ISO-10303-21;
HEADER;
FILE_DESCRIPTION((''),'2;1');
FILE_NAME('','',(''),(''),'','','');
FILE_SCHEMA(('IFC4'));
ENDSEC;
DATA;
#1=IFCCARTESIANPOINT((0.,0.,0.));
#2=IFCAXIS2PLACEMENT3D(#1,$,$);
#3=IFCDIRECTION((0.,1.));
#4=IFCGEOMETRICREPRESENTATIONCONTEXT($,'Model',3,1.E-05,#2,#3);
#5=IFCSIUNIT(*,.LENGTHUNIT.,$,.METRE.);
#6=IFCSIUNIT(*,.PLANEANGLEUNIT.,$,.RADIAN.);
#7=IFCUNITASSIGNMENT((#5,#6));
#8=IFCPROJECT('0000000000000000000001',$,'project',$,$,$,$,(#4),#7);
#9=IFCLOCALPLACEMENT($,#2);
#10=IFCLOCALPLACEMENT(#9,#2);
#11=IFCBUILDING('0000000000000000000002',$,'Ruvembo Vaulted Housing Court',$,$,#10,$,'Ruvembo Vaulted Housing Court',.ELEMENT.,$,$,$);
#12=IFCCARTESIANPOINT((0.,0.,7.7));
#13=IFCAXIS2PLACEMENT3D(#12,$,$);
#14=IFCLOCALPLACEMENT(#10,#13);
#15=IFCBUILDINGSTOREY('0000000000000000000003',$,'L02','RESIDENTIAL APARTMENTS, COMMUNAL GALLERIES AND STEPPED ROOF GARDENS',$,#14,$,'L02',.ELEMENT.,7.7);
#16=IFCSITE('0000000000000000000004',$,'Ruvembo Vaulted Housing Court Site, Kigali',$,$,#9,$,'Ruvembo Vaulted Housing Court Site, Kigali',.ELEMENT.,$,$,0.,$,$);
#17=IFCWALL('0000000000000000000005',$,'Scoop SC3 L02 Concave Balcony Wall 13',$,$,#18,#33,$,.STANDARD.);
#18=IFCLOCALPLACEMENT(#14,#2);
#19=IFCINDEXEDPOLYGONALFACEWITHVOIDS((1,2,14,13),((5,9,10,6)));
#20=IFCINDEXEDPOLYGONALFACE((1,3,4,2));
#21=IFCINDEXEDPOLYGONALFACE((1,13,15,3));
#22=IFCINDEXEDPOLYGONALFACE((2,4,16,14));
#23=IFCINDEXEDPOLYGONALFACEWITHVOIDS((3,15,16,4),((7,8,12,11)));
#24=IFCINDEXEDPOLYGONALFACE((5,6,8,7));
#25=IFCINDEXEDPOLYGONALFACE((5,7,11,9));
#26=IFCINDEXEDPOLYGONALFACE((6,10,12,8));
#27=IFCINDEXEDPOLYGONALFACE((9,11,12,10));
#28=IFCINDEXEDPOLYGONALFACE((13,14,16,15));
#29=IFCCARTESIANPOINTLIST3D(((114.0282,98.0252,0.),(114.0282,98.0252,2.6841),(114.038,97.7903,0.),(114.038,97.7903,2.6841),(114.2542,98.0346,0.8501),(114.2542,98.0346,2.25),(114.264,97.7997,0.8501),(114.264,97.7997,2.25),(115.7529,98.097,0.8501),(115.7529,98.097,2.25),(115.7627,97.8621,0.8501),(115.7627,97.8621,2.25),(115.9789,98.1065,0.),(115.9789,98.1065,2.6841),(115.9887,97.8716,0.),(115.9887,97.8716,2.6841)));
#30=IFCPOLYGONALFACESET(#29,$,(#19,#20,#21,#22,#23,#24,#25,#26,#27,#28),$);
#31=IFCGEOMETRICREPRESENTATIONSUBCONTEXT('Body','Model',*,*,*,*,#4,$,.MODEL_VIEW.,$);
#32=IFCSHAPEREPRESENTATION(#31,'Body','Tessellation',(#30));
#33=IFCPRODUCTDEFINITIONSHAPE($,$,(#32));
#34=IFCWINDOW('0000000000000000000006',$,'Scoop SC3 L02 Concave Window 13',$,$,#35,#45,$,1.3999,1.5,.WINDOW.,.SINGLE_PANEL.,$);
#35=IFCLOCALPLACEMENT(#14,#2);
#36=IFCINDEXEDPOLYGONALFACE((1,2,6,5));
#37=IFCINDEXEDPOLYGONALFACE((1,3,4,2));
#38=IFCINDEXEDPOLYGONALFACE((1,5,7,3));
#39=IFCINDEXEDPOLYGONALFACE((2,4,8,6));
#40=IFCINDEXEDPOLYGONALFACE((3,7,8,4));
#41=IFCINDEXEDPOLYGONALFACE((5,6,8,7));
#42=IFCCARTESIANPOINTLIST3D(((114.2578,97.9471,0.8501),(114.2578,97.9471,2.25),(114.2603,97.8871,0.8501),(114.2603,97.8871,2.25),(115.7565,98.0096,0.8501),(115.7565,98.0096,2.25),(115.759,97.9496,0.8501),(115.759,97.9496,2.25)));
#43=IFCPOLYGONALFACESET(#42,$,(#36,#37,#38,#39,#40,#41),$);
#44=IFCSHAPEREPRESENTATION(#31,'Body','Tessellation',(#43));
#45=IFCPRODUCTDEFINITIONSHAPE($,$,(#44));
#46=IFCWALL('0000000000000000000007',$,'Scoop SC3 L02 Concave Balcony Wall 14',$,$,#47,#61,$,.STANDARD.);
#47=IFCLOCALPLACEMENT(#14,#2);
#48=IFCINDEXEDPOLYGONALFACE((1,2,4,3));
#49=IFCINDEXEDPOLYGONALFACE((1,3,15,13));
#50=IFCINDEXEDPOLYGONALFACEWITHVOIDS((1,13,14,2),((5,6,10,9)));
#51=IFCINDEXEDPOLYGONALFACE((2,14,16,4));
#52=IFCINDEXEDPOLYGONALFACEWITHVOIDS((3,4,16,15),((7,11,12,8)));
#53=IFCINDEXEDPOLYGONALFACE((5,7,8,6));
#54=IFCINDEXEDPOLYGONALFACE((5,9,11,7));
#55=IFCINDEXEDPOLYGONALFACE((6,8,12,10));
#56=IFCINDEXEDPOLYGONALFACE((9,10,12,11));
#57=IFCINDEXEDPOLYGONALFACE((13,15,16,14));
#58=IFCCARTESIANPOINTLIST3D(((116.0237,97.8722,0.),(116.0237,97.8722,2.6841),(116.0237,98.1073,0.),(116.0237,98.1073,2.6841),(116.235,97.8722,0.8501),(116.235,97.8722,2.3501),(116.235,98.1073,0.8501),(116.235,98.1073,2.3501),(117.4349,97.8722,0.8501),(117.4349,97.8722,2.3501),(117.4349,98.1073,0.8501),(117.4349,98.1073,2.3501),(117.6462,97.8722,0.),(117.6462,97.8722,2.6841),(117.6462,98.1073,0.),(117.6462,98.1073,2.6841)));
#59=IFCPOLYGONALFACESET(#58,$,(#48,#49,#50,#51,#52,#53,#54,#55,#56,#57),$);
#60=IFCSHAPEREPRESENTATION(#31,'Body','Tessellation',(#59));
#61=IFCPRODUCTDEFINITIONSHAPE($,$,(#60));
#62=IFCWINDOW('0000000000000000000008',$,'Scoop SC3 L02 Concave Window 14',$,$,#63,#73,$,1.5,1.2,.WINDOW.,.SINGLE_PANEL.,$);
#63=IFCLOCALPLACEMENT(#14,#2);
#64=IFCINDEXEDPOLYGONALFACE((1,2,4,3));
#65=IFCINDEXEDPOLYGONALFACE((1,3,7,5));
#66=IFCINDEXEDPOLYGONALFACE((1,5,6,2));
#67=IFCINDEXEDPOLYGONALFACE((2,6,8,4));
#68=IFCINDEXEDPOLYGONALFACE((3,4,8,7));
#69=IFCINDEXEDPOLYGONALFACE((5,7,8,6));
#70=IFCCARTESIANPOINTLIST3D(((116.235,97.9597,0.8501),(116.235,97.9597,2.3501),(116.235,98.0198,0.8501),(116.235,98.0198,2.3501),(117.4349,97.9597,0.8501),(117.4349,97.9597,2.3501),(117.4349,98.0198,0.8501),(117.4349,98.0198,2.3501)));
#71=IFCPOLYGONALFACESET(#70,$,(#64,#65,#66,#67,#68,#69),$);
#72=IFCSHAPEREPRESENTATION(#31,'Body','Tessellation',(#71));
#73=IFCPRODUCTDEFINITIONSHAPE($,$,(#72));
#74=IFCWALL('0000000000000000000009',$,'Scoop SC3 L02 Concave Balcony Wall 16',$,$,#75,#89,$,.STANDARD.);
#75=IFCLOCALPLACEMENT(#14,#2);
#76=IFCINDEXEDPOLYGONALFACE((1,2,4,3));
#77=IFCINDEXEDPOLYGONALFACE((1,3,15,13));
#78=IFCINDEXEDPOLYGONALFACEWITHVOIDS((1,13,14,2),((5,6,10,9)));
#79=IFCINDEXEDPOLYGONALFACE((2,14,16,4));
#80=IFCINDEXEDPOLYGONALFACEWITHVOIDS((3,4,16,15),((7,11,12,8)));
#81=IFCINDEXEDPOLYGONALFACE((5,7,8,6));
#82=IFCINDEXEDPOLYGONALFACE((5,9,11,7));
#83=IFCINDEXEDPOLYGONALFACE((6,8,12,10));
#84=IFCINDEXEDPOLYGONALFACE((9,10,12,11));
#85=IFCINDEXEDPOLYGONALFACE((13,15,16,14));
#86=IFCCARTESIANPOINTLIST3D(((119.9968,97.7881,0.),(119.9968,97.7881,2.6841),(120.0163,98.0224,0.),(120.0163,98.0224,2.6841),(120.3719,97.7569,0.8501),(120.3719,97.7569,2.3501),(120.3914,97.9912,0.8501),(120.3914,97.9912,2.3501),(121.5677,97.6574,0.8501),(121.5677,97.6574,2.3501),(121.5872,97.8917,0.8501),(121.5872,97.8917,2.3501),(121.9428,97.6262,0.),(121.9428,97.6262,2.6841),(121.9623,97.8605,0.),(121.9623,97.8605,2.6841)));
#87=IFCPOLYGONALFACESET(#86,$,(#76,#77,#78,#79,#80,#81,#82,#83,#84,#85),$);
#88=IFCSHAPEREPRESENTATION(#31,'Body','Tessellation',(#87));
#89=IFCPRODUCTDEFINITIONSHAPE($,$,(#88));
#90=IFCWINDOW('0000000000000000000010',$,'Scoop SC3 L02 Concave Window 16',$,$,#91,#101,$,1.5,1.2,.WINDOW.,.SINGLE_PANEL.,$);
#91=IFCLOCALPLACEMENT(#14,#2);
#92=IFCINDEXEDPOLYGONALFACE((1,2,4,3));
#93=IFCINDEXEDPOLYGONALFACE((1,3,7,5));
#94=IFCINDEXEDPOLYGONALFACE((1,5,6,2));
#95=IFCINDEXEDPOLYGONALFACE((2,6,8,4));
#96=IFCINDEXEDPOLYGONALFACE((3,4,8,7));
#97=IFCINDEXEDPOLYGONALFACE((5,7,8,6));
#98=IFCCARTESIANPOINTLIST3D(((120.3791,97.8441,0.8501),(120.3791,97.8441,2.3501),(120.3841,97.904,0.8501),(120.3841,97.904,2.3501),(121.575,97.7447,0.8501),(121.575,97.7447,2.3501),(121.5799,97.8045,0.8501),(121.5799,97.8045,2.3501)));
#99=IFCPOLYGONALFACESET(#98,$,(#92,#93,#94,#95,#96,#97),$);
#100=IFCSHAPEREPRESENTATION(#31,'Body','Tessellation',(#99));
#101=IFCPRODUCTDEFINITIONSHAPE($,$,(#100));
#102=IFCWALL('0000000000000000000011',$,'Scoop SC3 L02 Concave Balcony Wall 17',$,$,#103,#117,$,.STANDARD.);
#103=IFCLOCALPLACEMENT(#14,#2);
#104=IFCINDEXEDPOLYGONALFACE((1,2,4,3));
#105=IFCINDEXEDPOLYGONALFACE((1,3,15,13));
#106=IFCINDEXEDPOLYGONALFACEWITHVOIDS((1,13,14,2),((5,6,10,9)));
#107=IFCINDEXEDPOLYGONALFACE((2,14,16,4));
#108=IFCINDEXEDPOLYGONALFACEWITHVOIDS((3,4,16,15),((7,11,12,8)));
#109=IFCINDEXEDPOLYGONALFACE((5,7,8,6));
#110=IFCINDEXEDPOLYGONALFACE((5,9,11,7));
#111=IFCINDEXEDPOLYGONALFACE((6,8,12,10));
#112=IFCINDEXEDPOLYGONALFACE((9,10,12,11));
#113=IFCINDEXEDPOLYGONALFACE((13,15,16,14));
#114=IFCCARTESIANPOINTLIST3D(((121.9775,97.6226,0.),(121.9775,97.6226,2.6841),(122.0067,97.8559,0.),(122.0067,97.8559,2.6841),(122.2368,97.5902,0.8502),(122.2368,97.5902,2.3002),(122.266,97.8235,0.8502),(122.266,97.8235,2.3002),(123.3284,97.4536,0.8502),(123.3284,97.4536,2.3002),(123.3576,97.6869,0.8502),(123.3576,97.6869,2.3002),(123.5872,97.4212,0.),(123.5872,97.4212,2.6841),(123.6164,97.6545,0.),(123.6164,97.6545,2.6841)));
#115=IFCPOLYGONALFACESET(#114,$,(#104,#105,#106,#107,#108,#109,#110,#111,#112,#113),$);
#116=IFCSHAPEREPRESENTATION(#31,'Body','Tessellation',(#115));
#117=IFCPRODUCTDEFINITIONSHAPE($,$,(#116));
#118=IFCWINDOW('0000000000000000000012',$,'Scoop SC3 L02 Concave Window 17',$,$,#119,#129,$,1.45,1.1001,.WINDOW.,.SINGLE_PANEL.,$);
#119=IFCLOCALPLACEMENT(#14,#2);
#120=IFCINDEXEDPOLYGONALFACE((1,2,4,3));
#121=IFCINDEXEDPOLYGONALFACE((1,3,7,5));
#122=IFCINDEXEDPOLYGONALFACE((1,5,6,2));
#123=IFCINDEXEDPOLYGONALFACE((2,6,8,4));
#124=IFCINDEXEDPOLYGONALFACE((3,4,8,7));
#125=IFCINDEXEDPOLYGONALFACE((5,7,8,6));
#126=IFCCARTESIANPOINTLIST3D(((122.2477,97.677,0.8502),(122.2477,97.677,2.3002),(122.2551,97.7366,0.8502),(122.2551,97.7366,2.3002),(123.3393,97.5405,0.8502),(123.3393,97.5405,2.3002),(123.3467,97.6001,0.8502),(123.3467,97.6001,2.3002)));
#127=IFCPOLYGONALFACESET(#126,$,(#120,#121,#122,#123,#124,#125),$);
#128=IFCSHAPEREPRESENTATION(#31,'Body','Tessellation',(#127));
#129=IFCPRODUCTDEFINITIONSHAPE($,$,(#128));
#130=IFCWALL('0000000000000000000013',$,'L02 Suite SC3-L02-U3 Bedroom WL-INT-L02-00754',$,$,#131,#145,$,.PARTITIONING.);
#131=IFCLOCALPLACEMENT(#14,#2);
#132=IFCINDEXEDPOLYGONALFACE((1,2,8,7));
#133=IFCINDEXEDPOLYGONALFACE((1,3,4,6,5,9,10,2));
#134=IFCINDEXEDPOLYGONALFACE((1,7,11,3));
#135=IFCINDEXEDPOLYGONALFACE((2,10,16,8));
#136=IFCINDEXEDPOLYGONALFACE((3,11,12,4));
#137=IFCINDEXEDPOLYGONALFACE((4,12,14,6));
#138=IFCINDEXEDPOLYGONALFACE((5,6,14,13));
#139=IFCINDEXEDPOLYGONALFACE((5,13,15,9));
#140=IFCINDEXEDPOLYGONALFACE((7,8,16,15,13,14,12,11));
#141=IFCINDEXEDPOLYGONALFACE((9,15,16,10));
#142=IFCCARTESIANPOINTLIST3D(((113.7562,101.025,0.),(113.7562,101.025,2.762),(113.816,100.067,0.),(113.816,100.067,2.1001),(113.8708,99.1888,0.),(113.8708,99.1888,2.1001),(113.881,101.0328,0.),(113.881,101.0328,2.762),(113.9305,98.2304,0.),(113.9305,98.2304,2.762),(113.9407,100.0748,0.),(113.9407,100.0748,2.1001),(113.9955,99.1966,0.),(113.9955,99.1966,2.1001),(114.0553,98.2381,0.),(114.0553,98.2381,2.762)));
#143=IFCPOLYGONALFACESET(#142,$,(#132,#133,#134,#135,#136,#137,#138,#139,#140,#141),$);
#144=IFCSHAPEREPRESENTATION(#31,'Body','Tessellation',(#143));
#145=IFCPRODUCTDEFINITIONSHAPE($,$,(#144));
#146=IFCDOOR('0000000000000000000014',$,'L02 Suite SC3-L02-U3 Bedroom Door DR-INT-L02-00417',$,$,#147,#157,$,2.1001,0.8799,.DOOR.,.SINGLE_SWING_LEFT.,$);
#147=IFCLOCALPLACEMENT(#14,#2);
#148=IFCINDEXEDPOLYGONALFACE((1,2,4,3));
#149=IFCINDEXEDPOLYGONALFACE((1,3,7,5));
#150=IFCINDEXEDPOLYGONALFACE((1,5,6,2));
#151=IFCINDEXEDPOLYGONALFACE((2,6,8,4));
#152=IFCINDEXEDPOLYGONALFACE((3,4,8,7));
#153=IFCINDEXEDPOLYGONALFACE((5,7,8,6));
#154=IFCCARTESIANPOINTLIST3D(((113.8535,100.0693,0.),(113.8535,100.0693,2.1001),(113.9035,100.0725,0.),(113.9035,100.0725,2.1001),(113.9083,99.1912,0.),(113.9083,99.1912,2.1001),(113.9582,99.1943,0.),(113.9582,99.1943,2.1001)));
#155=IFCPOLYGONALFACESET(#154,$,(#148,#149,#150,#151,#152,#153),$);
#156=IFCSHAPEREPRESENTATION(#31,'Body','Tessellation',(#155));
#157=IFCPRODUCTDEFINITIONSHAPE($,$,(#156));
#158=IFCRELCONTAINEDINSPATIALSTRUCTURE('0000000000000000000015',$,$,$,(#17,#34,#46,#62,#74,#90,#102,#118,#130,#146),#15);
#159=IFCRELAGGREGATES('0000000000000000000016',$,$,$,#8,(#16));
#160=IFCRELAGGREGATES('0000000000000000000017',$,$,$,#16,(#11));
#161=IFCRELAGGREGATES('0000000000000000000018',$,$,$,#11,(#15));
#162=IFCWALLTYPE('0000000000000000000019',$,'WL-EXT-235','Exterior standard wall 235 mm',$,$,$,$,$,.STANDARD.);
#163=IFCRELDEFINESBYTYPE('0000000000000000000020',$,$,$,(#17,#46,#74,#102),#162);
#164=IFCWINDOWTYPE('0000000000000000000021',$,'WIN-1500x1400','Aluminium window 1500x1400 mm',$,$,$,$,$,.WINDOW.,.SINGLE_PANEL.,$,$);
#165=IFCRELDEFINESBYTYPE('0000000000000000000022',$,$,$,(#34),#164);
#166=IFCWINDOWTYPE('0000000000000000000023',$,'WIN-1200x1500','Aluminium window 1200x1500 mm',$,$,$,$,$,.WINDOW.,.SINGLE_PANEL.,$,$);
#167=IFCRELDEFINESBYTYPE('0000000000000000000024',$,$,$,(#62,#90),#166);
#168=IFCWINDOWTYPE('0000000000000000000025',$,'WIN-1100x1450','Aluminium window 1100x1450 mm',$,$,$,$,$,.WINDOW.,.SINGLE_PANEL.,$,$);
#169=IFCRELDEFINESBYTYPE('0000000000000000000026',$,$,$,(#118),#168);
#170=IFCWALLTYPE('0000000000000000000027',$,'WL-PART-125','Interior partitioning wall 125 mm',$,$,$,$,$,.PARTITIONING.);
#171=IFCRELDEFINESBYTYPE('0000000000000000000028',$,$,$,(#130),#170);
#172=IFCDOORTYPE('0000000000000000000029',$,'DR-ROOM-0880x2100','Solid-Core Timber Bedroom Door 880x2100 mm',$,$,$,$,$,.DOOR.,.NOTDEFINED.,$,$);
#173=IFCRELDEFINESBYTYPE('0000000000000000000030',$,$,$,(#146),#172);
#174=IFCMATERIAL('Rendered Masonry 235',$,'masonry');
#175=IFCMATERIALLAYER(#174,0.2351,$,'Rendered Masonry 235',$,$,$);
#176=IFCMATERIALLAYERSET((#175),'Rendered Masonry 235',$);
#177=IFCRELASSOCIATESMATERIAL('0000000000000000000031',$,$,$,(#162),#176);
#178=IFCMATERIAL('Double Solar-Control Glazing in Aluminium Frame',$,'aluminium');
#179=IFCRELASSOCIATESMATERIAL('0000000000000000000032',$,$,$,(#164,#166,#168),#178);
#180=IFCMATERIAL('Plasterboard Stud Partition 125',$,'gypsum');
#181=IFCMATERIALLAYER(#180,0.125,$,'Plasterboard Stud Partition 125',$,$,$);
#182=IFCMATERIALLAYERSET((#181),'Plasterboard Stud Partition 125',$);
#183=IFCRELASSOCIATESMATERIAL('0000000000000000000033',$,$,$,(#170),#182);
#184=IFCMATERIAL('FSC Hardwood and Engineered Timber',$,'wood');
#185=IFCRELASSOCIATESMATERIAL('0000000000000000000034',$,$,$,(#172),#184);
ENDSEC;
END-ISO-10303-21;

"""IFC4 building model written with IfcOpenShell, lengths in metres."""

from ifc_helpers import new_model, si_unit, direction, frame, frame_2d, origin, place, context, subcontext, project, spatial, rectangle, extrude, material, layer, layer_set, type_object, element, fill, save


model = new_model("IFC4")

# Units and contexts
model_context = context("Model", 3, precision=1e-05, world=origin(), true_north=direction((0.0, 1.0)))
body_context = subcontext(model_context, "Body", "Model", "MODEL_VIEW")
ifc_project = project(units=[si_unit("LENGTHUNIT", "METRE"), si_unit("PLANEANGLEUNIT", "RADIAN")], contexts=[model_context])

# Site, building, storey
site_placement = place(None, origin())
site = spatial("IfcSite", under=ifc_project, at=site_placement, Name="Ruvembo Vaulted Housing Court Site, Kigali", LongName="Ruvembo Vaulted Housing Court Site, Kigali", CompositionType="ELEMENT", RefElevation=0.0)
building_placement = place(site_placement, origin())
building = spatial("IfcBuilding", under=site, at=building_placement, Name="Ruvembo Vaulted Housing Court", LongName="Ruvembo Vaulted Housing Court", CompositionType="ELEMENT")
storey_placement = place(building_placement, frame((0.0, 0.0, 7.7)))
storey = spatial("IfcBuildingStorey", under=building, at=storey_placement, Name="L02", Description="RESIDENTIAL APARTMENTS, COMMUNAL GALLERIES AND STEPPED ROOF GARDENS", LongName="L02", CompositionType="ELEMENT", Elevation=7.7)

# Shared definitions
ifc_material_1 = material(Name="FSC Hardwood and Engineered Timber", Category="wood")

# Walls, openings, windows
ifc_material_2 = material(Name="Rendered Masonry 235", Category="masonry")
ifc_layer_1 = layer(ifc_material_2, 0.2351, Name="Rendered Masonry 235")
ifc_layer_set_1 = layer_set([ifc_layer_1], Name="Rendered Masonry 235")
wall_type_1 = type_object("IfcWallType", Name="WL-EXT-235", Description="Exterior standard wall 235 mm", PredefinedType="STANDARD", material=ifc_layer_set_1)
wall_1_placement = place(storey_placement, frame((114.0332, 97.9077, 0.0), z_axis=(0.0, 0.0, 1.0), x_axis=(0.999133, 0.041641, 0.0)))
wall_1 = element("IfcWall", 1, at=wall_1_placement, inside=storey, type_object=wall_type_1, Name="Scoop SC3 L02 Concave Balcony Wall 13", PredefinedType="STANDARD", context=body_context, shape_type="SweptSolid", body=[
    extrude(rectangle(XDim=1.9524, YDim=0.2351, at=frame_2d((0.9761, 0.0))), origin(), (0.0, 0.0, 1.0), 2.6841),
])
opening_1_placement = place(wall_1_placement, frame((0.2261, 0.0, 0.8501)))
opening_1 = element("IfcOpeningElement", 2, at=opening_1_placement, cuts=wall_1, PredefinedType="OPENING", context=body_context, shape_type="SweptSolid", body=[
    extrude(rectangle(XDim=1.5, YDim=1.3999, at=frame_2d((0.75, 0.7))), frame((0.0, 0.1274, 0.0), z_axis=(0.0, -1.0, 0.0), x_axis=(1.0, 0.0, 0.0)), (0.0, 0.0, 1.0), 0.2551),
])
ifc_material_3 = material(Name="Double Solar-Control Glazing in Aluminium Frame", Category="aluminium")
window_type_1 = type_object("IfcWindowType", Name="WIN-1500x1400", Description="Aluminium window 1500x1400 mm", PartitioningType="SINGLE_PANEL", PredefinedType="WINDOW", material=ifc_material_3)
window_1_placement = place(opening_1_placement, origin())
window_1 = element("IfcWindow", 3, at=window_1_placement, inside=storey, type_object=window_type_1, Name="Scoop SC3 L02 Concave Window 13", OverallHeight=1.3999, OverallWidth=1.5, PartitioningType="SINGLE_PANEL", PredefinedType="WINDOW", context=body_context, shape_type="SweptSolid", body=[
    extrude(rectangle(XDim=1.5, YDim=1.3999, at=frame_2d((0.75, 0.7))), frame((0.0, 0.03, 0.0), z_axis=(0.0, -1.0, 0.0), x_axis=(1.0, 0.0, 0.0)), (0.0, 0.0, 1.0), 0.0601),
])
fill(opening_1, window_1)
wall_2_placement = place(storey_placement, frame((116.0237, 97.9897, 0.0), z_axis=(0.0, 0.0, 1.0), x_axis=(1.0, 0.0, 0.0)))
wall_2 = element("IfcWall", 4, at=wall_2_placement, inside=storey, type_object=wall_type_1, Name="Scoop SC3 L02 Concave Balcony Wall 14", PredefinedType="STANDARD", context=body_context, shape_type="SweptSolid", body=[
    extrude(rectangle(XDim=1.6226, YDim=0.2351, at=frame_2d((0.8113, 0.0))), origin(), (0.0, 0.0, 1.0), 2.6841),
])
opening_2_placement = place(wall_2_placement, frame((0.2112, 0.0, 0.8501)))
opening_2 = element("IfcOpeningElement", 5, at=opening_2_placement, cuts=wall_2, PredefinedType="OPENING", context=body_context, shape_type="SweptSolid", body=[
    extrude(rectangle(XDim=1.2, YDim=1.5, at=frame_2d((0.6001, 0.75))), frame((0.0, 0.1274, 0.0), z_axis=(0.0, -1.0, 0.0), x_axis=(1.0, 0.0, 0.0)), (0.0, 0.0, 1.0), 0.2551),
])
window_type_2 = type_object("IfcWindowType", Name="WIN-1200x1500", Description="Aluminium window 1200x1500 mm", PartitioningType="SINGLE_PANEL", PredefinedType="WINDOW", material=ifc_material_3)
window_2_placement = place(opening_2_placement, origin())
window_2 = element("IfcWindow", 6, at=window_2_placement, inside=storey, type_object=window_type_2, Name="Scoop SC3 L02 Concave Window 14", OverallHeight=1.5, OverallWidth=1.2, PartitioningType="SINGLE_PANEL", PredefinedType="WINDOW", context=body_context, shape_type="SweptSolid", body=[
    extrude(rectangle(XDim=1.2, YDim=1.5, at=frame_2d((0.6001, 0.75))), frame((0.0, 0.03, 0.0), z_axis=(0.0, -1.0, 0.0), x_axis=(1.0, 0.0, 0.0)), (0.0, 0.0, 1.0), 0.0601),
])
fill(opening_2, window_2)

# Walls, openings, windows
wall_3_placement = place(storey_placement, frame((120.0066, 97.9053, 0.0), z_axis=(0.0, 0.0, 1.0), x_axis=(0.996558, -0.082901, 0.0)))
wall_3 = element("IfcWall", 7, at=wall_3_placement, inside=storey, type_object=wall_type_1, Name="Scoop SC3 L02 Concave Balcony Wall 16", PredefinedType="STANDARD", context=body_context, shape_type="SweptSolid", body=[
    extrude(rectangle(XDim=1.9526, YDim=0.2351, at=frame_2d((0.9763, 0.0))), origin(), (0.0, 0.0, 1.0), 2.6841),
])
opening_3_placement = place(wall_3_placement, frame((0.3762, 0.0, 0.8501)))
opening_3 = element("IfcOpeningElement", 8, at=opening_3_placement, cuts=wall_3, PredefinedType="OPENING", context=body_context, shape_type="SweptSolid", body=[
    extrude(rectangle(XDim=1.2, YDim=1.5, at=frame_2d((0.6001, 0.75))), frame((0.0, 0.1274, 0.0), z_axis=(0.0, -1.0, 0.0), x_axis=(1.0, 0.0, 0.0)), (0.0, 0.0, 1.0), 0.2551),
])
window_3_placement = place(opening_3_placement, origin())
window_3 = element("IfcWindow", 9, at=window_3_placement, inside=storey, type_object=window_type_2, Name="Scoop SC3 L02 Concave Window 16", OverallHeight=1.5, OverallWidth=1.2, PartitioningType="SINGLE_PANEL", PredefinedType="WINDOW", context=body_context, shape_type="SweptSolid", body=[
    extrude(rectangle(XDim=1.2, YDim=1.5, at=frame_2d((0.6001, 0.75))), frame((0.0, 0.03, 0.0), z_axis=(0.0, -1.0, 0.0), x_axis=(1.0, 0.0, 0.0)), (0.0, 0.0, 1.0), 0.0601),
])
fill(opening_3, window_3)
wall_4_placement = place(storey_placement, frame((121.9922, 97.7393, 0.0), z_axis=(0.0, 0.0, 1.0), x_axis=(0.992264, -0.124146, 0.0)))
wall_4 = element("IfcWall", 10, at=wall_4_placement, inside=storey, type_object=wall_type_1, Name="Scoop SC3 L02 Concave Balcony Wall 17", PredefinedType="STANDARD", context=body_context, shape_type="SweptSolid", body=[
    extrude(rectangle(XDim=1.6223, YDim=0.2351, at=frame_2d((0.811, 0.0))), origin(), (0.0, 0.0, 1.0), 2.6841),
])
opening_4_placement = place(wall_4_placement, frame((0.2612, 0.0, 0.8501)))
opening_4 = element("IfcOpeningElement", 11, at=opening_4_placement, cuts=wall_4, PredefinedType="OPENING", context=body_context, shape_type="SweptSolid", body=[
    extrude(rectangle(XDim=1.1001, YDim=1.45, at=frame_2d((0.55, 0.7251))), frame((0.0, 0.1274, 0.0), z_axis=(0.0, -1.0, 0.0), x_axis=(1.0, 0.0, 0.0)), (0.0, 0.0, 1.0), 0.2551),
])
window_type_3 = type_object("IfcWindowType", Name="WIN-1100x1450", Description="Aluminium window 1100x1450 mm", PartitioningType="SINGLE_PANEL", PredefinedType="WINDOW", material=ifc_material_3)
window_4_placement = place(opening_4_placement, origin())
window_4 = element("IfcWindow", 12, at=window_4_placement, inside=storey, type_object=window_type_3, Name="Scoop SC3 L02 Concave Window 17", OverallHeight=1.45, OverallWidth=1.1001, PartitioningType="SINGLE_PANEL", PredefinedType="WINDOW", context=body_context, shape_type="SweptSolid", body=[
    extrude(rectangle(XDim=1.1001, YDim=1.45, at=frame_2d((0.55, 0.7251))), frame((0.0, 0.03, 0.0), z_axis=(0.0, -1.0, 0.0), x_axis=(1.0, 0.0, 0.0)), (0.0, 0.0, 1.0), 0.0601),
])
fill(opening_4, window_4)

# Wall, opening, door
ifc_material_4 = material(Name="Plasterboard Stud Partition 125", Category="gypsum")
ifc_layer_2 = layer(ifc_material_4, 0.125, Name="Plasterboard Stud Partition 125")
ifc_layer_set_2 = layer_set([ifc_layer_2], Name="Plasterboard Stud Partition 125")
wall_type_2 = type_object("IfcWallType", Name="WL-PART-125", Description="Interior partitioning wall 125 mm", PredefinedType="PARTITIONING", material=ifc_layer_set_2)
wall_5_placement = place(storey_placement, frame((113.9929, 98.2344, 0.0), z_axis=(0.0, 0.0, 1.0), x_axis=(-0.062253, 0.99806, 0.0)))
wall_5 = element("IfcWall", 13, at=wall_5_placement, inside=storey, type_object=wall_type_2, Name="L02 Suite SC3-L02-U3 Bedroom WL-INT-L02-00754", PredefinedType="PARTITIONING", context=body_context, shape_type="SweptSolid", body=[
    extrude(rectangle(XDim=2.8, YDim=0.125, at=frame_2d((1.3999, 0.0))), origin(), (0.0, 0.0, 1.0), 2.762),
])
opening_5_placement = place(wall_5_placement, frame((0.9602, 0.0, 0.0)))
opening_5 = element("IfcOpeningElement", 14, at=opening_5_placement, cuts=wall_5, PredefinedType="OPENING", context=body_context, shape_type="SweptSolid", body=[
    extrude(rectangle(XDim=0.8799, YDim=2.1001, at=frame_2d((0.4399, 1.05))), frame((0.0, 0.0725, 0.0), z_axis=(0.0, -1.0, 0.0), x_axis=(1.0, 0.0, 0.0)), (0.0, 0.0, 1.0), 0.145),
])
door_type_1 = type_object("IfcDoorType", Name="DR-ROOM-0880x2100", Description="Solid-Core Timber Bedroom Door 880x2100 mm", OperationType="NOTDEFINED", PredefinedType="DOOR", material=ifc_material_1)
door_1_placement = place(opening_5_placement, origin())
door_1 = element("IfcDoor", 15, at=door_1_placement, inside=storey, type_object=door_type_1, Name="L02 Suite SC3-L02-U3 Bedroom Door DR-INT-L02-00417", OperationType="SINGLE_SWING_LEFT", OverallHeight=2.1001, OverallWidth=0.8799, PredefinedType="DOOR", context=body_context, shape_type="SweptSolid", body=[
    extrude(rectangle(XDim=0.8799, YDim=2.1001, at=frame_2d((0.4399, 1.05))), frame((0.0, 0.0249, 0.0), z_axis=(0.0, -1.0, 0.0), x_axis=(1.0, 0.0, 0.0)), (0.0, 0.0, 1.0), 0.05),
])
fill(opening_5, door_1)

save(model, "model.ifc")
